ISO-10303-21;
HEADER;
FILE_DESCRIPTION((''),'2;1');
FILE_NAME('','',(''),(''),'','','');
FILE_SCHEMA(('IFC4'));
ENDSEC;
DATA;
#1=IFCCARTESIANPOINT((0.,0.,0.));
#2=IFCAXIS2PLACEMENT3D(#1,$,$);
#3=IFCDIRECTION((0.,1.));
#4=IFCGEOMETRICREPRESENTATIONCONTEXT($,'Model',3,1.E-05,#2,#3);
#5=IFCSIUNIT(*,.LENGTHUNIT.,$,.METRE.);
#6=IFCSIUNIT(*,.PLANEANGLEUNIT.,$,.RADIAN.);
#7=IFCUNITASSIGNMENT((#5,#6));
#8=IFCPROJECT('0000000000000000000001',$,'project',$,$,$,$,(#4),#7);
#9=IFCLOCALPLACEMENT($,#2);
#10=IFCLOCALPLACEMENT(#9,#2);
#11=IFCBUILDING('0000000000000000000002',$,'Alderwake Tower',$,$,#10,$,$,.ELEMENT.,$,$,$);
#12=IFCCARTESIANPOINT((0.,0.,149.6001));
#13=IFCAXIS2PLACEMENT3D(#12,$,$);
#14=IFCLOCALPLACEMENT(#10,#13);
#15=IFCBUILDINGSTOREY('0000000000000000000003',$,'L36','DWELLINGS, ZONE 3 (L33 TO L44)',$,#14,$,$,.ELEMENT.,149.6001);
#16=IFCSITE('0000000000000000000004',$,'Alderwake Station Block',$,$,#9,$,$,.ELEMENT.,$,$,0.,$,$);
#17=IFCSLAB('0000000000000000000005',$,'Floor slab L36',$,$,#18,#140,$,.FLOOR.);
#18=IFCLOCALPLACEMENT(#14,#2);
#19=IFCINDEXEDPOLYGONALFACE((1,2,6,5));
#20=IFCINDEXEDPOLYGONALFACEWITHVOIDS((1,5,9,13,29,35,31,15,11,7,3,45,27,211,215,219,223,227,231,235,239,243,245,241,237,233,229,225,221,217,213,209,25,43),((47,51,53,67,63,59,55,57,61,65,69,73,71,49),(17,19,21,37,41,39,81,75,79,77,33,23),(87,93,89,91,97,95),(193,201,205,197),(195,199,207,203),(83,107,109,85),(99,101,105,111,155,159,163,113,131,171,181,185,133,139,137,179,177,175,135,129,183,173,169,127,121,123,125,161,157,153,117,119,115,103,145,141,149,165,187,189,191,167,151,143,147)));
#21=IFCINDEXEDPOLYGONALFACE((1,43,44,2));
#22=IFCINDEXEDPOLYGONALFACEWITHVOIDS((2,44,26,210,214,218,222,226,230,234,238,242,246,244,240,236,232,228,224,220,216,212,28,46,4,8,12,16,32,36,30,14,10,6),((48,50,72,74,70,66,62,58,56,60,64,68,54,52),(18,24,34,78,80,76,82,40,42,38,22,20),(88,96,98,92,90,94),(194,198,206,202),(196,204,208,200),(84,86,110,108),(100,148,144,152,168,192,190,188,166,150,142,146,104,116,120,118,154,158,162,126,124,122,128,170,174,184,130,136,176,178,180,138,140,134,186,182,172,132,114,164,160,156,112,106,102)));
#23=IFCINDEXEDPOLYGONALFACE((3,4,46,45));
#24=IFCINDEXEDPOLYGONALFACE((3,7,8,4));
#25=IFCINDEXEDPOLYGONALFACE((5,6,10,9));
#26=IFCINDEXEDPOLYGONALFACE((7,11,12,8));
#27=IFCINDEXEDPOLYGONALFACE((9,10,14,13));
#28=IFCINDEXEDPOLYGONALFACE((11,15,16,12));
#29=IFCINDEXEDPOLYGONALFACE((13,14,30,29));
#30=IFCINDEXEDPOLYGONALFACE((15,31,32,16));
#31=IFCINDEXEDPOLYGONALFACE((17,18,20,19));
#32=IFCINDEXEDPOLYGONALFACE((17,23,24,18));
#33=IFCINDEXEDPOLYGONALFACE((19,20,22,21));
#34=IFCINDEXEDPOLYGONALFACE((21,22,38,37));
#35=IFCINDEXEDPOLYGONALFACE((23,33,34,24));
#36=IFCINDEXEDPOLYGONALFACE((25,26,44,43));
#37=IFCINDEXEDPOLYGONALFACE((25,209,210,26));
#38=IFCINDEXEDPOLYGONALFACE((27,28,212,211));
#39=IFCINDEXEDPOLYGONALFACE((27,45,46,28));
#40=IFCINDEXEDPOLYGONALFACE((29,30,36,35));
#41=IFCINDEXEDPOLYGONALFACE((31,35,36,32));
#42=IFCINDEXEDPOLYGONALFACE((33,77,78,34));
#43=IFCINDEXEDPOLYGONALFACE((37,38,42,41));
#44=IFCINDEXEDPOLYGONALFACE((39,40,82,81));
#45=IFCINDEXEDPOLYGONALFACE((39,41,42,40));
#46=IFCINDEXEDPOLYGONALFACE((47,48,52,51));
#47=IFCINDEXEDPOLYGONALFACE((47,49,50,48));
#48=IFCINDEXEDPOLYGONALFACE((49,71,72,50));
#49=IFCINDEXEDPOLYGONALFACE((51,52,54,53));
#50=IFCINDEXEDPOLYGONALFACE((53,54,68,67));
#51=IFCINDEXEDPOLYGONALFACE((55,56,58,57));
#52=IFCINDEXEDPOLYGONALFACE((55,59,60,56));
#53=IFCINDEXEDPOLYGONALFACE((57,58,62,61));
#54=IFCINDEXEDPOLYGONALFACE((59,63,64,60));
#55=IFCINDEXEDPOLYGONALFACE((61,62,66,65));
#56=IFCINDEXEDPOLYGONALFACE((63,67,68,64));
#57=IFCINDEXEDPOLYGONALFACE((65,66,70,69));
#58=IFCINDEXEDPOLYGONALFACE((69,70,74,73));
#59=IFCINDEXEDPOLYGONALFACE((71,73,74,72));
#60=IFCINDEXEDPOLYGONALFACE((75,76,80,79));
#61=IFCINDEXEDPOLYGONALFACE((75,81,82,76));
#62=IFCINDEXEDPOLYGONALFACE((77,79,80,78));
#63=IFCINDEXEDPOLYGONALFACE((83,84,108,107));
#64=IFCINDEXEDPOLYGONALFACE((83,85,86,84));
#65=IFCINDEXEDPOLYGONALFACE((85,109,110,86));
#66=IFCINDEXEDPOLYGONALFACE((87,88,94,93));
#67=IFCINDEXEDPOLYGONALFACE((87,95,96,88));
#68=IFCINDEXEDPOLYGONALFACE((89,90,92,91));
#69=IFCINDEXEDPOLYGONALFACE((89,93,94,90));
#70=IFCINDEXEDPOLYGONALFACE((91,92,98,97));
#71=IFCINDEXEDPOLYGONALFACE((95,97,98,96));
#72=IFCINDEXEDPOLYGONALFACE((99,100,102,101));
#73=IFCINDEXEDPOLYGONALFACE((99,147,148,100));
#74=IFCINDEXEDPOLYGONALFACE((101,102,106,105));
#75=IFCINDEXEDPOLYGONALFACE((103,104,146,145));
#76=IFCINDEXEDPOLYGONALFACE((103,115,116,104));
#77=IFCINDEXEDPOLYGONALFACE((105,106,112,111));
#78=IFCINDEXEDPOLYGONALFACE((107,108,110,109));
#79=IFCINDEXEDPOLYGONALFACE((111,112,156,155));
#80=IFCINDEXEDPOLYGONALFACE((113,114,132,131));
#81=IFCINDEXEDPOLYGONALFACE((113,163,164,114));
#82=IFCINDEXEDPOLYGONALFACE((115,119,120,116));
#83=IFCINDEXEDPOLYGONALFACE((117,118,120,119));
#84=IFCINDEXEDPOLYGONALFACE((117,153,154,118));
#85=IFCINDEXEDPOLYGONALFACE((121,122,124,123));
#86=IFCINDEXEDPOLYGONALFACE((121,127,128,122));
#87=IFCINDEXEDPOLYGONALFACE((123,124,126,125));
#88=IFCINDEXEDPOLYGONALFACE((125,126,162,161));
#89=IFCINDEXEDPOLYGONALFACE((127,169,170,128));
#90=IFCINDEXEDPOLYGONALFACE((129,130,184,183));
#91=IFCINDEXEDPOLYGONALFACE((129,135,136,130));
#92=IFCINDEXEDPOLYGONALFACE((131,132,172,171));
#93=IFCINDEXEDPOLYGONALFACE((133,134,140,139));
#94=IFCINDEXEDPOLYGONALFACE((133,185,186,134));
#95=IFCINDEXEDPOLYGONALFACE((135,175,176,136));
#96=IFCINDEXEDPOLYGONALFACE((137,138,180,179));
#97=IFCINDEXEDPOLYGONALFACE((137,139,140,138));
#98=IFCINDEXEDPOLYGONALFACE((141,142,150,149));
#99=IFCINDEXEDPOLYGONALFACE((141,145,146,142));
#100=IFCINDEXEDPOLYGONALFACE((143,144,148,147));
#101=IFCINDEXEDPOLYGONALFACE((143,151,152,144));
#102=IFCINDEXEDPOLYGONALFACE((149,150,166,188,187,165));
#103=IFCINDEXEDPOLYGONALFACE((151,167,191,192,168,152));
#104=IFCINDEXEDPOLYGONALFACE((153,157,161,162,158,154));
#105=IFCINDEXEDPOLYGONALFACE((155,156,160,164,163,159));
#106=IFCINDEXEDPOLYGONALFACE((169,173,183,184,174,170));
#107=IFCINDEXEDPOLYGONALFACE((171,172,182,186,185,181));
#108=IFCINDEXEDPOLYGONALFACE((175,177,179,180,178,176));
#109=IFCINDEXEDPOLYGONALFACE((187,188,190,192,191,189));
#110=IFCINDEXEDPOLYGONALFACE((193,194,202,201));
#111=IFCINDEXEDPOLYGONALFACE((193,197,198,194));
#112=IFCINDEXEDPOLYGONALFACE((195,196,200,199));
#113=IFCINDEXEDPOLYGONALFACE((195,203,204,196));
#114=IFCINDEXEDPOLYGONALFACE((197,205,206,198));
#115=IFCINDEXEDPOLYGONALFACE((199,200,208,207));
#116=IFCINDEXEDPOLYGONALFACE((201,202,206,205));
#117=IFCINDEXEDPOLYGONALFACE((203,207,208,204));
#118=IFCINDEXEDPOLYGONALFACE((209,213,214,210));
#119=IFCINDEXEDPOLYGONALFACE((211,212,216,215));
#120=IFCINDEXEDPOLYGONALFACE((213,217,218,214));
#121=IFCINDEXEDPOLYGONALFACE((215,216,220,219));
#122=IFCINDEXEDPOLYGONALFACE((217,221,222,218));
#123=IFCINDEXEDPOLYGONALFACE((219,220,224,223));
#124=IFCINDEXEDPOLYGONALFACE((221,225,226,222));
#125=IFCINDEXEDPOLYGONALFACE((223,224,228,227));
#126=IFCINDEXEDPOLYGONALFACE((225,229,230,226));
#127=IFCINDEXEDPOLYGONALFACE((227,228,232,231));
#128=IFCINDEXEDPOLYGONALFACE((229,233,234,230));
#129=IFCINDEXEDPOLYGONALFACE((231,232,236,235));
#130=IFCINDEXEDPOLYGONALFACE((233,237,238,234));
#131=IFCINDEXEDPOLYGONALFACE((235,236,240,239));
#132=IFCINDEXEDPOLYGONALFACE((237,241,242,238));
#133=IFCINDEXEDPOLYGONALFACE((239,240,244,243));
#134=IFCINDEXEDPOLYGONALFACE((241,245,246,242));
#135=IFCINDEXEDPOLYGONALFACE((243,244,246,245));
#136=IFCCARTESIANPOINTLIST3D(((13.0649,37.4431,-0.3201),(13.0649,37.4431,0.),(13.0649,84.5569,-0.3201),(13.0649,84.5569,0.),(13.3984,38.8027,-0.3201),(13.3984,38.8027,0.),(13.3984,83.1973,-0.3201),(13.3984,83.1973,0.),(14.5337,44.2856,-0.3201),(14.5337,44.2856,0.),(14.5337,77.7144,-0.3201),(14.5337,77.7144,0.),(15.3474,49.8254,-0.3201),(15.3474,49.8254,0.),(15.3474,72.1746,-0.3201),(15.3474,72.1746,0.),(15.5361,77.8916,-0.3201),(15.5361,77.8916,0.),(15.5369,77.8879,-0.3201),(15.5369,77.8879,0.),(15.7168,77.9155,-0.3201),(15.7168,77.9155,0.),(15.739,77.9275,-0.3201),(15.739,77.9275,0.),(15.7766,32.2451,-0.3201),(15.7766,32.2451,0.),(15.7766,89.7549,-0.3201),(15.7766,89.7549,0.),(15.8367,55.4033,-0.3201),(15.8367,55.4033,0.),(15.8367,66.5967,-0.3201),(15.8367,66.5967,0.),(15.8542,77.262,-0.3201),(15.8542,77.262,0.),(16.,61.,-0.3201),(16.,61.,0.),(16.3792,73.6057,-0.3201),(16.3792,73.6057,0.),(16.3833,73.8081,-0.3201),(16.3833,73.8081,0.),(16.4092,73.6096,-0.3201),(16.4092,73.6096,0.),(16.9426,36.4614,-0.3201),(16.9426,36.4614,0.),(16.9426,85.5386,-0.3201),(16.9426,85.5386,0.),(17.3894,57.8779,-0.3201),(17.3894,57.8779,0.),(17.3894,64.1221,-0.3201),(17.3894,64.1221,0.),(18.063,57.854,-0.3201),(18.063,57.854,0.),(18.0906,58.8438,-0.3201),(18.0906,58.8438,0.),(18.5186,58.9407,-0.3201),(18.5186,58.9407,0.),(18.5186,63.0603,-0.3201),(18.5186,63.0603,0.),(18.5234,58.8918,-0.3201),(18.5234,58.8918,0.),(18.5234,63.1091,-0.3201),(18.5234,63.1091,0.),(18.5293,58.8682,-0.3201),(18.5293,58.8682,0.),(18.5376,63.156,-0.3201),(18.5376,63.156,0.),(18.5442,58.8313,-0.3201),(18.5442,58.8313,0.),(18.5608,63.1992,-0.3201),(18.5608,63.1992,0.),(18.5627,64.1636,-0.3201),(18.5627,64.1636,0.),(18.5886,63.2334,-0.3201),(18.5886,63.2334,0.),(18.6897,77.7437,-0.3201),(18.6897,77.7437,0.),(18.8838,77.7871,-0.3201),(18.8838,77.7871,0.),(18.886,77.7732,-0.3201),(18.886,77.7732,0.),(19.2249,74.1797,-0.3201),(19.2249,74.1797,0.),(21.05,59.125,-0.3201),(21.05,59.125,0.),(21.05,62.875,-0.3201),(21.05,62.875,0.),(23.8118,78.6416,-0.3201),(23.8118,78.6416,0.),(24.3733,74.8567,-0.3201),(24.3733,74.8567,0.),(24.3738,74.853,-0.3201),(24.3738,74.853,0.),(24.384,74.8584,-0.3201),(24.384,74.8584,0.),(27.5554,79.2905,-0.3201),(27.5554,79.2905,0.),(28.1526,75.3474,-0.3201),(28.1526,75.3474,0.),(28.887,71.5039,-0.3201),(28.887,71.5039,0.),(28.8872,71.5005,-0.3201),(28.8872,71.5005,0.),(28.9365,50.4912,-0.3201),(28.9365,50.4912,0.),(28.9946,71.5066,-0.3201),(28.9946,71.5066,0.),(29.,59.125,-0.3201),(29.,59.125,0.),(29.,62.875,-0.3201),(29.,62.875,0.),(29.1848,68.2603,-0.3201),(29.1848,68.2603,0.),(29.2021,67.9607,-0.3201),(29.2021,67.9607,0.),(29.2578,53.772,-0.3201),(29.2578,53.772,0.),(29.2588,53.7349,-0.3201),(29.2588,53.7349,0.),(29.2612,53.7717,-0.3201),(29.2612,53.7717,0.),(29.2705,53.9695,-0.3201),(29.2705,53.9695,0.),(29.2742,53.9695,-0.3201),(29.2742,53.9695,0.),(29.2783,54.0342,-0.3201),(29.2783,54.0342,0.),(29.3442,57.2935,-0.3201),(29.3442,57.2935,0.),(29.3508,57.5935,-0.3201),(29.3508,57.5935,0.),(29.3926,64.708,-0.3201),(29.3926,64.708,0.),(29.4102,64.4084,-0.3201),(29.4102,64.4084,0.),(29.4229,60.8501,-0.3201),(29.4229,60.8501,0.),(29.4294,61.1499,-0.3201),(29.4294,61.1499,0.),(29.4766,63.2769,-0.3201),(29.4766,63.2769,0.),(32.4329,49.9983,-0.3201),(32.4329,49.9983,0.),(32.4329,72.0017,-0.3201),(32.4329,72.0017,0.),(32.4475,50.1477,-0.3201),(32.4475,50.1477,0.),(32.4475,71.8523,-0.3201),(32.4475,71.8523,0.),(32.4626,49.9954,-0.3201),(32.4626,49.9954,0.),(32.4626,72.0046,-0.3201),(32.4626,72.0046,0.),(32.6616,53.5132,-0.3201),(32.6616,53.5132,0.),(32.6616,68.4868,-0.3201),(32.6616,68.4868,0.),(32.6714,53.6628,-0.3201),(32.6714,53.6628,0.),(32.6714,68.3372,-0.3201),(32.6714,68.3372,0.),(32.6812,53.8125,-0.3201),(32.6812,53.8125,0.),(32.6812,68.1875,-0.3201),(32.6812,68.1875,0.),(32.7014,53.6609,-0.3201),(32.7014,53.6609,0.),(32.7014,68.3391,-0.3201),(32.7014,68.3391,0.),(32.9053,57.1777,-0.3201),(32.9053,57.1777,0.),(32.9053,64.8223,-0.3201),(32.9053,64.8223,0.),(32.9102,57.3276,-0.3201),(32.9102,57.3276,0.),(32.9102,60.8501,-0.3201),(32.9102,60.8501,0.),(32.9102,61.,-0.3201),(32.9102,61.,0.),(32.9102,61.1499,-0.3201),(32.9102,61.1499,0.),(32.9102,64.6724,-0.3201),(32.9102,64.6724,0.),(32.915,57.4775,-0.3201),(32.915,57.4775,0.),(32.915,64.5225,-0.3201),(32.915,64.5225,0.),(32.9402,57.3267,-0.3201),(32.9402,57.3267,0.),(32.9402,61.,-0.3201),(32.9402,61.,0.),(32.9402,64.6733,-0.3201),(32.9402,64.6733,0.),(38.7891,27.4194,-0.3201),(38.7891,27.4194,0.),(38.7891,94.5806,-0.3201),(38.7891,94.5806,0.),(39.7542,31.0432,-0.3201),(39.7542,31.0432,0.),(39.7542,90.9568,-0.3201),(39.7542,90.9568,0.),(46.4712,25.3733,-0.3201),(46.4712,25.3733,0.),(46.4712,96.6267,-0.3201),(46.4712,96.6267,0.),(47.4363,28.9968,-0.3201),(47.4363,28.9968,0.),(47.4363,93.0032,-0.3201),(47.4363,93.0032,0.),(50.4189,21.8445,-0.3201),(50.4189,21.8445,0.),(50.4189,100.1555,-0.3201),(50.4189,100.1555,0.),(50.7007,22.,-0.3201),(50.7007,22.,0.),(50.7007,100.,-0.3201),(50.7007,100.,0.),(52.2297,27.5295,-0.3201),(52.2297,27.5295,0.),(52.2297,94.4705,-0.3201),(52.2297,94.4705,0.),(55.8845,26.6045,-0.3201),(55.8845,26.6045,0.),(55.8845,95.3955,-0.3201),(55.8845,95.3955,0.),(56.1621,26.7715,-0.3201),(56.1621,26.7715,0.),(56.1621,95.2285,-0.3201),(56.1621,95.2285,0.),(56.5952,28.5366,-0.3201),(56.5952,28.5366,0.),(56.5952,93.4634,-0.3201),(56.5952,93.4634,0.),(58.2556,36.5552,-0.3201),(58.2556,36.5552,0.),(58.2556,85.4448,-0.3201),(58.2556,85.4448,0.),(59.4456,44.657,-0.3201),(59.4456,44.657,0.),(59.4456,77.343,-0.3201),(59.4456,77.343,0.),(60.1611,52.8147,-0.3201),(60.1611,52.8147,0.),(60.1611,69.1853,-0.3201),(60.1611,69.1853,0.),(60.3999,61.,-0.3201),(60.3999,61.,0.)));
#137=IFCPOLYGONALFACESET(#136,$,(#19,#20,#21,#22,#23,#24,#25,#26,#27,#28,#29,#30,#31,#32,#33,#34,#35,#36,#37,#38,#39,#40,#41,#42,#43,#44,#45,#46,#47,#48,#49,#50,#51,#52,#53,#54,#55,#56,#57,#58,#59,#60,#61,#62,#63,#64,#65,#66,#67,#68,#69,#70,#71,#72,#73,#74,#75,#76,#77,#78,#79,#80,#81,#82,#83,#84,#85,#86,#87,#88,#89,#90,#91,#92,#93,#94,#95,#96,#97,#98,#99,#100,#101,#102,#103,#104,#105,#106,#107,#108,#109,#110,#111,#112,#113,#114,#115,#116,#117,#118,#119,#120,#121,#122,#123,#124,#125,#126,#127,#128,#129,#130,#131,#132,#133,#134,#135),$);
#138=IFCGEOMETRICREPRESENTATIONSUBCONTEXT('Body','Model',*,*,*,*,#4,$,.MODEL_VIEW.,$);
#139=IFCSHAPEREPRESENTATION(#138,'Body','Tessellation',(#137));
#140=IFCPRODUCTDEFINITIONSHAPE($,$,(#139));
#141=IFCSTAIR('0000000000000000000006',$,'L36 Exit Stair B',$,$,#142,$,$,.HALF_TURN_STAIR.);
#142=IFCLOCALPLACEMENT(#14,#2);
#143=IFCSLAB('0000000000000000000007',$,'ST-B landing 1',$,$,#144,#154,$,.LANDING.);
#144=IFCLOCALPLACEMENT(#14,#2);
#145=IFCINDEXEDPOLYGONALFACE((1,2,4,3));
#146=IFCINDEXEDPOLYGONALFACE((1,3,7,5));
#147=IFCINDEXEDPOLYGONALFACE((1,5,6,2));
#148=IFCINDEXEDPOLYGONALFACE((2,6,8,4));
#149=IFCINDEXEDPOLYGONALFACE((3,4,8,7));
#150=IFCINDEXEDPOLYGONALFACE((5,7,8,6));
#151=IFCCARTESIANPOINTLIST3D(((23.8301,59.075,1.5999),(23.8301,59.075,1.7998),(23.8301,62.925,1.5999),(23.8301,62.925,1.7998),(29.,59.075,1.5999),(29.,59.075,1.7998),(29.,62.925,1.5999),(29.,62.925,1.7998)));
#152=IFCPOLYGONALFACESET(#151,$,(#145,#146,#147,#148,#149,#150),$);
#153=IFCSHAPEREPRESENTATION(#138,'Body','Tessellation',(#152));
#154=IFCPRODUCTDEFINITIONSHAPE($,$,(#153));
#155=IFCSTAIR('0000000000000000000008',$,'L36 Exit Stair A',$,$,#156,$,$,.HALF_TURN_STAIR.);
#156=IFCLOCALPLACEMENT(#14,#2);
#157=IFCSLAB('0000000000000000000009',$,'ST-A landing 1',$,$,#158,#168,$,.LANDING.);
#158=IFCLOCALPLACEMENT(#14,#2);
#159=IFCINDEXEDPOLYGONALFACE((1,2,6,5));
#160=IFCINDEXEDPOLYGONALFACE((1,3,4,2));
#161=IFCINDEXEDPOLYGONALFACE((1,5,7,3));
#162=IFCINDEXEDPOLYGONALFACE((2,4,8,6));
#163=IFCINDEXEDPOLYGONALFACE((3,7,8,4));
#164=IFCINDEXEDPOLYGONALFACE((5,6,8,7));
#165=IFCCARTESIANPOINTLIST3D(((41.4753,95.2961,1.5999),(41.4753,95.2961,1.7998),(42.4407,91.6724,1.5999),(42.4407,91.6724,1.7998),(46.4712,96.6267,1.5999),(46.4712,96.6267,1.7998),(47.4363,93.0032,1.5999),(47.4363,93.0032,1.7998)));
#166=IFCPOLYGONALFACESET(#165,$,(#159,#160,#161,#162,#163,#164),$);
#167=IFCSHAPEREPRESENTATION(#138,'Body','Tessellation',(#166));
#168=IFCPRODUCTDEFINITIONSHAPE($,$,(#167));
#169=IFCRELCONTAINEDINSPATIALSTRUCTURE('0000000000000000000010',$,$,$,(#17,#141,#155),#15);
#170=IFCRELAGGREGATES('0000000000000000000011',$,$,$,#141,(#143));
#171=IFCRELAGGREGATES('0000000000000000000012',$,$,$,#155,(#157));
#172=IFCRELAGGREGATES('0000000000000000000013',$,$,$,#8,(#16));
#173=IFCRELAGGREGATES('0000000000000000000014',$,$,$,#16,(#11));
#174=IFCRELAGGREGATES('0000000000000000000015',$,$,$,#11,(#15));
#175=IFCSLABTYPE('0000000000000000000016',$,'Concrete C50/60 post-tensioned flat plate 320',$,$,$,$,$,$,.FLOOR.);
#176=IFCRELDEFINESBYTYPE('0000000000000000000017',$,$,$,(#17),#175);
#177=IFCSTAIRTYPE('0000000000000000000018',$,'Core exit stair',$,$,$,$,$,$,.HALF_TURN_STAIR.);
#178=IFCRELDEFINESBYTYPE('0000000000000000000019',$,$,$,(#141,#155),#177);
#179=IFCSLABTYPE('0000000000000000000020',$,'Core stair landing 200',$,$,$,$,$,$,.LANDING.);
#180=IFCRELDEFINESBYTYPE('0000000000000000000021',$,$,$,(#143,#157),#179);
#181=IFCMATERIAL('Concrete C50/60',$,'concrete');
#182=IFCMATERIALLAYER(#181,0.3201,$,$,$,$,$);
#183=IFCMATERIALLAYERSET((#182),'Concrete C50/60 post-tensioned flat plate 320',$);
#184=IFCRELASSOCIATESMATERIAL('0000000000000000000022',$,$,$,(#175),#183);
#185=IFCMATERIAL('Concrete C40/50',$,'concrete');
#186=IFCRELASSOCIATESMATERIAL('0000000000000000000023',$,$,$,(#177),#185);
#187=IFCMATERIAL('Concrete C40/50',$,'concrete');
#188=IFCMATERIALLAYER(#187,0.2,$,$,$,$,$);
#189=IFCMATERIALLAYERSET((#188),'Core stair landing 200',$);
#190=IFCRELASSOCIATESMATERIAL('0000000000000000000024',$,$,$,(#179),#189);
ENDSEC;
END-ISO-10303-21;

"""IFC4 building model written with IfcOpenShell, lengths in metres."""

from ifc_helpers import new_model, si_unit, direction, frame, origin, place, context, subcontext, project, spatial, polyline, outline, extrude, material, layer, layer_set, type_object, element, aggregate, save


model = new_model("IFC4")

# Units and contexts
model_context = context("Model", 3, precision=1e-05, world=origin(), true_north=direction((0.0, 1.0)))
body_context = subcontext(model_context, "Body", "Model", "MODEL_VIEW")
ifc_project = project(units=[si_unit("LENGTHUNIT", "METRE"), si_unit("PLANEANGLEUNIT", "RADIAN")], contexts=[model_context])

# Site, building, storey
site_placement = place(None, origin())
site = spatial("IfcSite", under=ifc_project, at=site_placement, Name="Alderwake Station Block", CompositionType="ELEMENT", RefElevation=0.0)
building_placement = place(site_placement, origin())
building = spatial("IfcBuilding", under=site, at=building_placement, Name="Alderwake Tower", CompositionType="ELEMENT")
storey_placement = place(building_placement, frame((0.0, 0.0, 149.6001)))
storey = spatial("IfcBuildingStorey", under=building, at=storey_placement, Name="L36", Description="DWELLINGS, ZONE 3 (L33 TO L44)", CompositionType="ELEMENT", Elevation=149.6001)

# Slab
ifc_material_1 = material(Name="Concrete C50/60", Category="concrete")
ifc_layer_1 = layer(ifc_material_1, 0.3201)
ifc_layer_set_1 = layer_set([ifc_layer_1], Name="Concrete C50/60 post-tensioned flat plate 320")
slab_type_1 = type_object("IfcSlabType", Name="Concrete C50/60 post-tensioned flat plate 320", PredefinedType="FLOOR", material=ifc_layer_set_1)
slab_1_placement = place(storey_placement, frame((0.0, 0.0, -0.3201)))
element("IfcSlab", 1, at=slab_1_placement, inside=storey, type_object=slab_type_1, Name="Floor slab L36", PredefinedType="FLOOR", context=body_context, shape_type="SweptSolid", body=[
    extrude(outline(polyline([(13.0649, 37.4431), (13.3984, 38.8027), (14.5337, 44.2856), (15.3474, 49.8254), (15.8367, 55.4033), (16.0, 61.0), (15.8367, 66.5967), (15.3474, 72.1746), (14.5337, 77.7144), (13.3984, 83.1973), (13.0649, 84.5569), (16.9426, 85.5386), (15.7766, 89.7549), (50.4189, 100.1555), (50.7007, 100.0), (52.2297, 94.4705), (55.8845, 95.3955), (56.1621, 95.2285), (56.5952, 93.4634), (58.2556, 85.4448), (59.4456, 77.343), (60.1611, 69.1853), (60.3999, 61.0), (60.1611, 52.8147), (59.4456, 44.657), (58.2556, 36.5552), (56.5952, 28.5366), (56.1621, 26.7715), (55.8845, 26.6045), (52.2297, 27.5295), (50.7007, 22.0), (50.4189, 21.8445), (15.7766, 32.2451), (16.9426, 36.4614), (13.0649, 37.4431)]), holes=[polyline([(29.2578, 53.772), (28.9365, 50.4912), (32.4475, 50.1477), (32.4329, 49.9983), (32.4626, 49.9954), (32.7014, 53.6609), (32.9402, 57.3267), (32.9402, 61.0), (32.9402, 64.6733), (32.7014, 68.3391), (32.4626, 72.0046), (32.4329, 72.0017), (32.4475, 71.8523), (28.887, 71.5039), (28.8872, 71.5005), (28.9946, 71.5066), (29.1848, 68.2603), (32.6616, 68.4868), (32.6714, 68.3372), (32.6812, 68.1875), (29.2021, 67.9607), (29.3926, 64.708), (32.9053, 64.8223), (32.9102, 64.6724), (32.915, 64.5225), (29.4102, 64.4084), (29.4766, 63.2769), (29.4294, 61.1499), (32.9102, 61.1499), (32.9102, 61.0), (32.9102, 60.8501), (29.4229, 60.8501), (29.3508, 57.5935), (32.915, 57.4775), (32.9102, 57.3276), (32.9053, 57.1777), (29.3442, 57.2935), (29.2705, 53.9695), (29.2742, 53.9695), (29.2783, 54.0342), (32.6812, 53.8125), (32.6714, 53.6628), (32.6616, 53.5132), (29.2588, 53.7349), (29.2612, 53.7717), (29.2578, 53.772)]), polyline([(21.05, 62.875), (21.05, 59.125), (29.0, 59.125), (29.0, 62.875), (21.05, 62.875)]), polyline([(15.739, 77.9275), (15.5361, 77.8916), (15.5369, 77.8879), (15.7168, 77.9155), (16.3792, 73.6057), (16.4092, 73.6096), (16.3833, 73.8081), (19.2249, 74.1797), (18.6897, 77.7437), (18.886, 77.7732), (18.8838, 77.7871), (15.8542, 77.262), (15.739, 77.9275)]), polyline([(27.5554, 79.2905), (23.8118, 78.6416), (24.384, 74.8584), (24.3733, 74.8567), (24.3738, 74.853), (28.1526, 75.3474), (27.5554, 79.2905)]), polyline([(47.4363, 28.9968), (39.7542, 31.0432), (38.7891, 27.4194), (46.4712, 25.3733), (47.4363, 28.9968)]), polyline([(46.4712, 96.6267), (38.7891, 94.5806), (39.7542, 90.9568), (47.4363, 93.0032), (46.4712, 96.6267)]), polyline([(17.3894, 64.1221), (17.3894, 57.8779), (18.063, 57.854), (18.0906, 58.8438), (18.5442, 58.8313), (18.5293, 58.8682), (18.5234, 58.8918), (18.5186, 58.9407), (18.5186, 63.0603), (18.5234, 63.1091), (18.5376, 63.156), (18.5608, 63.1992), (18.5886, 63.2334), (18.5627, 64.1636), (17.3894, 64.1221)])]), origin(), (0.0, 0.0, 1.0), 0.3201),
])

# Stairs, slabs
ifc_material_2 = material(Name="Concrete C40/50", Category="concrete")
stair_type = type_object("IfcStairType", Name="Core exit stair", PredefinedType="HALF_TURN_STAIR", material=ifc_material_2)
stair_1_placement = place(storey_placement, origin())
stair_1 = element("IfcStair", 2, at=stair_1_placement, inside=storey, type_object=stair_type, Name="L36 Exit Stair B", PredefinedType="HALF_TURN_STAIR")
ifc_material_3 = material(Name="Concrete C40/50", Category="concrete")
ifc_layer_2 = layer(ifc_material_3, 0.2)
ifc_layer_set_2 = layer_set([ifc_layer_2], Name="Core stair landing 200")
slab_type_2 = type_object("IfcSlabType", Name="Core stair landing 200", PredefinedType="LANDING", material=ifc_layer_set_2)
slab_2_placement = place(storey_placement, frame((0.0, 0.0, 1.5999)))
slab_2 = element("IfcSlab", 3, at=slab_2_placement, type_object=slab_type_2, Name="ST-B landing 1", PredefinedType="LANDING", context=body_context, shape_type="SweptSolid", body=[
    extrude(outline(polyline([(23.8301, 59.075), (29.0, 59.075), (29.0, 62.925), (23.8301, 62.925), (23.8301, 59.075)])), origin(), (0.0, 0.0, 1.0), 0.2),
])
aggregate(stair_1, [slab_2])
stair_2_placement = place(storey_placement, origin())
stair_2 = element("IfcStair", 4, at=stair_2_placement, inside=storey, type_object=stair_type, Name="L36 Exit Stair A", PredefinedType="HALF_TURN_STAIR")
slab_3_placement = place(storey_placement, frame((0.0, 0.0, 1.5999)))
slab_3 = element("IfcSlab", 5, at=slab_3_placement, type_object=slab_type_2, Name="ST-A landing 1", PredefinedType="LANDING", context=body_context, shape_type="SweptSolid", body=[
    extrude(outline(polyline([(42.4407, 91.6724), (47.4363, 93.0032), (46.4712, 96.6267), (41.4753, 95.2961), (42.4407, 91.6724)])), origin(), (0.0, 0.0, 1.0), 0.2),
])
aggregate(stair_2, [slab_3])

save(model, "model.ifc")
